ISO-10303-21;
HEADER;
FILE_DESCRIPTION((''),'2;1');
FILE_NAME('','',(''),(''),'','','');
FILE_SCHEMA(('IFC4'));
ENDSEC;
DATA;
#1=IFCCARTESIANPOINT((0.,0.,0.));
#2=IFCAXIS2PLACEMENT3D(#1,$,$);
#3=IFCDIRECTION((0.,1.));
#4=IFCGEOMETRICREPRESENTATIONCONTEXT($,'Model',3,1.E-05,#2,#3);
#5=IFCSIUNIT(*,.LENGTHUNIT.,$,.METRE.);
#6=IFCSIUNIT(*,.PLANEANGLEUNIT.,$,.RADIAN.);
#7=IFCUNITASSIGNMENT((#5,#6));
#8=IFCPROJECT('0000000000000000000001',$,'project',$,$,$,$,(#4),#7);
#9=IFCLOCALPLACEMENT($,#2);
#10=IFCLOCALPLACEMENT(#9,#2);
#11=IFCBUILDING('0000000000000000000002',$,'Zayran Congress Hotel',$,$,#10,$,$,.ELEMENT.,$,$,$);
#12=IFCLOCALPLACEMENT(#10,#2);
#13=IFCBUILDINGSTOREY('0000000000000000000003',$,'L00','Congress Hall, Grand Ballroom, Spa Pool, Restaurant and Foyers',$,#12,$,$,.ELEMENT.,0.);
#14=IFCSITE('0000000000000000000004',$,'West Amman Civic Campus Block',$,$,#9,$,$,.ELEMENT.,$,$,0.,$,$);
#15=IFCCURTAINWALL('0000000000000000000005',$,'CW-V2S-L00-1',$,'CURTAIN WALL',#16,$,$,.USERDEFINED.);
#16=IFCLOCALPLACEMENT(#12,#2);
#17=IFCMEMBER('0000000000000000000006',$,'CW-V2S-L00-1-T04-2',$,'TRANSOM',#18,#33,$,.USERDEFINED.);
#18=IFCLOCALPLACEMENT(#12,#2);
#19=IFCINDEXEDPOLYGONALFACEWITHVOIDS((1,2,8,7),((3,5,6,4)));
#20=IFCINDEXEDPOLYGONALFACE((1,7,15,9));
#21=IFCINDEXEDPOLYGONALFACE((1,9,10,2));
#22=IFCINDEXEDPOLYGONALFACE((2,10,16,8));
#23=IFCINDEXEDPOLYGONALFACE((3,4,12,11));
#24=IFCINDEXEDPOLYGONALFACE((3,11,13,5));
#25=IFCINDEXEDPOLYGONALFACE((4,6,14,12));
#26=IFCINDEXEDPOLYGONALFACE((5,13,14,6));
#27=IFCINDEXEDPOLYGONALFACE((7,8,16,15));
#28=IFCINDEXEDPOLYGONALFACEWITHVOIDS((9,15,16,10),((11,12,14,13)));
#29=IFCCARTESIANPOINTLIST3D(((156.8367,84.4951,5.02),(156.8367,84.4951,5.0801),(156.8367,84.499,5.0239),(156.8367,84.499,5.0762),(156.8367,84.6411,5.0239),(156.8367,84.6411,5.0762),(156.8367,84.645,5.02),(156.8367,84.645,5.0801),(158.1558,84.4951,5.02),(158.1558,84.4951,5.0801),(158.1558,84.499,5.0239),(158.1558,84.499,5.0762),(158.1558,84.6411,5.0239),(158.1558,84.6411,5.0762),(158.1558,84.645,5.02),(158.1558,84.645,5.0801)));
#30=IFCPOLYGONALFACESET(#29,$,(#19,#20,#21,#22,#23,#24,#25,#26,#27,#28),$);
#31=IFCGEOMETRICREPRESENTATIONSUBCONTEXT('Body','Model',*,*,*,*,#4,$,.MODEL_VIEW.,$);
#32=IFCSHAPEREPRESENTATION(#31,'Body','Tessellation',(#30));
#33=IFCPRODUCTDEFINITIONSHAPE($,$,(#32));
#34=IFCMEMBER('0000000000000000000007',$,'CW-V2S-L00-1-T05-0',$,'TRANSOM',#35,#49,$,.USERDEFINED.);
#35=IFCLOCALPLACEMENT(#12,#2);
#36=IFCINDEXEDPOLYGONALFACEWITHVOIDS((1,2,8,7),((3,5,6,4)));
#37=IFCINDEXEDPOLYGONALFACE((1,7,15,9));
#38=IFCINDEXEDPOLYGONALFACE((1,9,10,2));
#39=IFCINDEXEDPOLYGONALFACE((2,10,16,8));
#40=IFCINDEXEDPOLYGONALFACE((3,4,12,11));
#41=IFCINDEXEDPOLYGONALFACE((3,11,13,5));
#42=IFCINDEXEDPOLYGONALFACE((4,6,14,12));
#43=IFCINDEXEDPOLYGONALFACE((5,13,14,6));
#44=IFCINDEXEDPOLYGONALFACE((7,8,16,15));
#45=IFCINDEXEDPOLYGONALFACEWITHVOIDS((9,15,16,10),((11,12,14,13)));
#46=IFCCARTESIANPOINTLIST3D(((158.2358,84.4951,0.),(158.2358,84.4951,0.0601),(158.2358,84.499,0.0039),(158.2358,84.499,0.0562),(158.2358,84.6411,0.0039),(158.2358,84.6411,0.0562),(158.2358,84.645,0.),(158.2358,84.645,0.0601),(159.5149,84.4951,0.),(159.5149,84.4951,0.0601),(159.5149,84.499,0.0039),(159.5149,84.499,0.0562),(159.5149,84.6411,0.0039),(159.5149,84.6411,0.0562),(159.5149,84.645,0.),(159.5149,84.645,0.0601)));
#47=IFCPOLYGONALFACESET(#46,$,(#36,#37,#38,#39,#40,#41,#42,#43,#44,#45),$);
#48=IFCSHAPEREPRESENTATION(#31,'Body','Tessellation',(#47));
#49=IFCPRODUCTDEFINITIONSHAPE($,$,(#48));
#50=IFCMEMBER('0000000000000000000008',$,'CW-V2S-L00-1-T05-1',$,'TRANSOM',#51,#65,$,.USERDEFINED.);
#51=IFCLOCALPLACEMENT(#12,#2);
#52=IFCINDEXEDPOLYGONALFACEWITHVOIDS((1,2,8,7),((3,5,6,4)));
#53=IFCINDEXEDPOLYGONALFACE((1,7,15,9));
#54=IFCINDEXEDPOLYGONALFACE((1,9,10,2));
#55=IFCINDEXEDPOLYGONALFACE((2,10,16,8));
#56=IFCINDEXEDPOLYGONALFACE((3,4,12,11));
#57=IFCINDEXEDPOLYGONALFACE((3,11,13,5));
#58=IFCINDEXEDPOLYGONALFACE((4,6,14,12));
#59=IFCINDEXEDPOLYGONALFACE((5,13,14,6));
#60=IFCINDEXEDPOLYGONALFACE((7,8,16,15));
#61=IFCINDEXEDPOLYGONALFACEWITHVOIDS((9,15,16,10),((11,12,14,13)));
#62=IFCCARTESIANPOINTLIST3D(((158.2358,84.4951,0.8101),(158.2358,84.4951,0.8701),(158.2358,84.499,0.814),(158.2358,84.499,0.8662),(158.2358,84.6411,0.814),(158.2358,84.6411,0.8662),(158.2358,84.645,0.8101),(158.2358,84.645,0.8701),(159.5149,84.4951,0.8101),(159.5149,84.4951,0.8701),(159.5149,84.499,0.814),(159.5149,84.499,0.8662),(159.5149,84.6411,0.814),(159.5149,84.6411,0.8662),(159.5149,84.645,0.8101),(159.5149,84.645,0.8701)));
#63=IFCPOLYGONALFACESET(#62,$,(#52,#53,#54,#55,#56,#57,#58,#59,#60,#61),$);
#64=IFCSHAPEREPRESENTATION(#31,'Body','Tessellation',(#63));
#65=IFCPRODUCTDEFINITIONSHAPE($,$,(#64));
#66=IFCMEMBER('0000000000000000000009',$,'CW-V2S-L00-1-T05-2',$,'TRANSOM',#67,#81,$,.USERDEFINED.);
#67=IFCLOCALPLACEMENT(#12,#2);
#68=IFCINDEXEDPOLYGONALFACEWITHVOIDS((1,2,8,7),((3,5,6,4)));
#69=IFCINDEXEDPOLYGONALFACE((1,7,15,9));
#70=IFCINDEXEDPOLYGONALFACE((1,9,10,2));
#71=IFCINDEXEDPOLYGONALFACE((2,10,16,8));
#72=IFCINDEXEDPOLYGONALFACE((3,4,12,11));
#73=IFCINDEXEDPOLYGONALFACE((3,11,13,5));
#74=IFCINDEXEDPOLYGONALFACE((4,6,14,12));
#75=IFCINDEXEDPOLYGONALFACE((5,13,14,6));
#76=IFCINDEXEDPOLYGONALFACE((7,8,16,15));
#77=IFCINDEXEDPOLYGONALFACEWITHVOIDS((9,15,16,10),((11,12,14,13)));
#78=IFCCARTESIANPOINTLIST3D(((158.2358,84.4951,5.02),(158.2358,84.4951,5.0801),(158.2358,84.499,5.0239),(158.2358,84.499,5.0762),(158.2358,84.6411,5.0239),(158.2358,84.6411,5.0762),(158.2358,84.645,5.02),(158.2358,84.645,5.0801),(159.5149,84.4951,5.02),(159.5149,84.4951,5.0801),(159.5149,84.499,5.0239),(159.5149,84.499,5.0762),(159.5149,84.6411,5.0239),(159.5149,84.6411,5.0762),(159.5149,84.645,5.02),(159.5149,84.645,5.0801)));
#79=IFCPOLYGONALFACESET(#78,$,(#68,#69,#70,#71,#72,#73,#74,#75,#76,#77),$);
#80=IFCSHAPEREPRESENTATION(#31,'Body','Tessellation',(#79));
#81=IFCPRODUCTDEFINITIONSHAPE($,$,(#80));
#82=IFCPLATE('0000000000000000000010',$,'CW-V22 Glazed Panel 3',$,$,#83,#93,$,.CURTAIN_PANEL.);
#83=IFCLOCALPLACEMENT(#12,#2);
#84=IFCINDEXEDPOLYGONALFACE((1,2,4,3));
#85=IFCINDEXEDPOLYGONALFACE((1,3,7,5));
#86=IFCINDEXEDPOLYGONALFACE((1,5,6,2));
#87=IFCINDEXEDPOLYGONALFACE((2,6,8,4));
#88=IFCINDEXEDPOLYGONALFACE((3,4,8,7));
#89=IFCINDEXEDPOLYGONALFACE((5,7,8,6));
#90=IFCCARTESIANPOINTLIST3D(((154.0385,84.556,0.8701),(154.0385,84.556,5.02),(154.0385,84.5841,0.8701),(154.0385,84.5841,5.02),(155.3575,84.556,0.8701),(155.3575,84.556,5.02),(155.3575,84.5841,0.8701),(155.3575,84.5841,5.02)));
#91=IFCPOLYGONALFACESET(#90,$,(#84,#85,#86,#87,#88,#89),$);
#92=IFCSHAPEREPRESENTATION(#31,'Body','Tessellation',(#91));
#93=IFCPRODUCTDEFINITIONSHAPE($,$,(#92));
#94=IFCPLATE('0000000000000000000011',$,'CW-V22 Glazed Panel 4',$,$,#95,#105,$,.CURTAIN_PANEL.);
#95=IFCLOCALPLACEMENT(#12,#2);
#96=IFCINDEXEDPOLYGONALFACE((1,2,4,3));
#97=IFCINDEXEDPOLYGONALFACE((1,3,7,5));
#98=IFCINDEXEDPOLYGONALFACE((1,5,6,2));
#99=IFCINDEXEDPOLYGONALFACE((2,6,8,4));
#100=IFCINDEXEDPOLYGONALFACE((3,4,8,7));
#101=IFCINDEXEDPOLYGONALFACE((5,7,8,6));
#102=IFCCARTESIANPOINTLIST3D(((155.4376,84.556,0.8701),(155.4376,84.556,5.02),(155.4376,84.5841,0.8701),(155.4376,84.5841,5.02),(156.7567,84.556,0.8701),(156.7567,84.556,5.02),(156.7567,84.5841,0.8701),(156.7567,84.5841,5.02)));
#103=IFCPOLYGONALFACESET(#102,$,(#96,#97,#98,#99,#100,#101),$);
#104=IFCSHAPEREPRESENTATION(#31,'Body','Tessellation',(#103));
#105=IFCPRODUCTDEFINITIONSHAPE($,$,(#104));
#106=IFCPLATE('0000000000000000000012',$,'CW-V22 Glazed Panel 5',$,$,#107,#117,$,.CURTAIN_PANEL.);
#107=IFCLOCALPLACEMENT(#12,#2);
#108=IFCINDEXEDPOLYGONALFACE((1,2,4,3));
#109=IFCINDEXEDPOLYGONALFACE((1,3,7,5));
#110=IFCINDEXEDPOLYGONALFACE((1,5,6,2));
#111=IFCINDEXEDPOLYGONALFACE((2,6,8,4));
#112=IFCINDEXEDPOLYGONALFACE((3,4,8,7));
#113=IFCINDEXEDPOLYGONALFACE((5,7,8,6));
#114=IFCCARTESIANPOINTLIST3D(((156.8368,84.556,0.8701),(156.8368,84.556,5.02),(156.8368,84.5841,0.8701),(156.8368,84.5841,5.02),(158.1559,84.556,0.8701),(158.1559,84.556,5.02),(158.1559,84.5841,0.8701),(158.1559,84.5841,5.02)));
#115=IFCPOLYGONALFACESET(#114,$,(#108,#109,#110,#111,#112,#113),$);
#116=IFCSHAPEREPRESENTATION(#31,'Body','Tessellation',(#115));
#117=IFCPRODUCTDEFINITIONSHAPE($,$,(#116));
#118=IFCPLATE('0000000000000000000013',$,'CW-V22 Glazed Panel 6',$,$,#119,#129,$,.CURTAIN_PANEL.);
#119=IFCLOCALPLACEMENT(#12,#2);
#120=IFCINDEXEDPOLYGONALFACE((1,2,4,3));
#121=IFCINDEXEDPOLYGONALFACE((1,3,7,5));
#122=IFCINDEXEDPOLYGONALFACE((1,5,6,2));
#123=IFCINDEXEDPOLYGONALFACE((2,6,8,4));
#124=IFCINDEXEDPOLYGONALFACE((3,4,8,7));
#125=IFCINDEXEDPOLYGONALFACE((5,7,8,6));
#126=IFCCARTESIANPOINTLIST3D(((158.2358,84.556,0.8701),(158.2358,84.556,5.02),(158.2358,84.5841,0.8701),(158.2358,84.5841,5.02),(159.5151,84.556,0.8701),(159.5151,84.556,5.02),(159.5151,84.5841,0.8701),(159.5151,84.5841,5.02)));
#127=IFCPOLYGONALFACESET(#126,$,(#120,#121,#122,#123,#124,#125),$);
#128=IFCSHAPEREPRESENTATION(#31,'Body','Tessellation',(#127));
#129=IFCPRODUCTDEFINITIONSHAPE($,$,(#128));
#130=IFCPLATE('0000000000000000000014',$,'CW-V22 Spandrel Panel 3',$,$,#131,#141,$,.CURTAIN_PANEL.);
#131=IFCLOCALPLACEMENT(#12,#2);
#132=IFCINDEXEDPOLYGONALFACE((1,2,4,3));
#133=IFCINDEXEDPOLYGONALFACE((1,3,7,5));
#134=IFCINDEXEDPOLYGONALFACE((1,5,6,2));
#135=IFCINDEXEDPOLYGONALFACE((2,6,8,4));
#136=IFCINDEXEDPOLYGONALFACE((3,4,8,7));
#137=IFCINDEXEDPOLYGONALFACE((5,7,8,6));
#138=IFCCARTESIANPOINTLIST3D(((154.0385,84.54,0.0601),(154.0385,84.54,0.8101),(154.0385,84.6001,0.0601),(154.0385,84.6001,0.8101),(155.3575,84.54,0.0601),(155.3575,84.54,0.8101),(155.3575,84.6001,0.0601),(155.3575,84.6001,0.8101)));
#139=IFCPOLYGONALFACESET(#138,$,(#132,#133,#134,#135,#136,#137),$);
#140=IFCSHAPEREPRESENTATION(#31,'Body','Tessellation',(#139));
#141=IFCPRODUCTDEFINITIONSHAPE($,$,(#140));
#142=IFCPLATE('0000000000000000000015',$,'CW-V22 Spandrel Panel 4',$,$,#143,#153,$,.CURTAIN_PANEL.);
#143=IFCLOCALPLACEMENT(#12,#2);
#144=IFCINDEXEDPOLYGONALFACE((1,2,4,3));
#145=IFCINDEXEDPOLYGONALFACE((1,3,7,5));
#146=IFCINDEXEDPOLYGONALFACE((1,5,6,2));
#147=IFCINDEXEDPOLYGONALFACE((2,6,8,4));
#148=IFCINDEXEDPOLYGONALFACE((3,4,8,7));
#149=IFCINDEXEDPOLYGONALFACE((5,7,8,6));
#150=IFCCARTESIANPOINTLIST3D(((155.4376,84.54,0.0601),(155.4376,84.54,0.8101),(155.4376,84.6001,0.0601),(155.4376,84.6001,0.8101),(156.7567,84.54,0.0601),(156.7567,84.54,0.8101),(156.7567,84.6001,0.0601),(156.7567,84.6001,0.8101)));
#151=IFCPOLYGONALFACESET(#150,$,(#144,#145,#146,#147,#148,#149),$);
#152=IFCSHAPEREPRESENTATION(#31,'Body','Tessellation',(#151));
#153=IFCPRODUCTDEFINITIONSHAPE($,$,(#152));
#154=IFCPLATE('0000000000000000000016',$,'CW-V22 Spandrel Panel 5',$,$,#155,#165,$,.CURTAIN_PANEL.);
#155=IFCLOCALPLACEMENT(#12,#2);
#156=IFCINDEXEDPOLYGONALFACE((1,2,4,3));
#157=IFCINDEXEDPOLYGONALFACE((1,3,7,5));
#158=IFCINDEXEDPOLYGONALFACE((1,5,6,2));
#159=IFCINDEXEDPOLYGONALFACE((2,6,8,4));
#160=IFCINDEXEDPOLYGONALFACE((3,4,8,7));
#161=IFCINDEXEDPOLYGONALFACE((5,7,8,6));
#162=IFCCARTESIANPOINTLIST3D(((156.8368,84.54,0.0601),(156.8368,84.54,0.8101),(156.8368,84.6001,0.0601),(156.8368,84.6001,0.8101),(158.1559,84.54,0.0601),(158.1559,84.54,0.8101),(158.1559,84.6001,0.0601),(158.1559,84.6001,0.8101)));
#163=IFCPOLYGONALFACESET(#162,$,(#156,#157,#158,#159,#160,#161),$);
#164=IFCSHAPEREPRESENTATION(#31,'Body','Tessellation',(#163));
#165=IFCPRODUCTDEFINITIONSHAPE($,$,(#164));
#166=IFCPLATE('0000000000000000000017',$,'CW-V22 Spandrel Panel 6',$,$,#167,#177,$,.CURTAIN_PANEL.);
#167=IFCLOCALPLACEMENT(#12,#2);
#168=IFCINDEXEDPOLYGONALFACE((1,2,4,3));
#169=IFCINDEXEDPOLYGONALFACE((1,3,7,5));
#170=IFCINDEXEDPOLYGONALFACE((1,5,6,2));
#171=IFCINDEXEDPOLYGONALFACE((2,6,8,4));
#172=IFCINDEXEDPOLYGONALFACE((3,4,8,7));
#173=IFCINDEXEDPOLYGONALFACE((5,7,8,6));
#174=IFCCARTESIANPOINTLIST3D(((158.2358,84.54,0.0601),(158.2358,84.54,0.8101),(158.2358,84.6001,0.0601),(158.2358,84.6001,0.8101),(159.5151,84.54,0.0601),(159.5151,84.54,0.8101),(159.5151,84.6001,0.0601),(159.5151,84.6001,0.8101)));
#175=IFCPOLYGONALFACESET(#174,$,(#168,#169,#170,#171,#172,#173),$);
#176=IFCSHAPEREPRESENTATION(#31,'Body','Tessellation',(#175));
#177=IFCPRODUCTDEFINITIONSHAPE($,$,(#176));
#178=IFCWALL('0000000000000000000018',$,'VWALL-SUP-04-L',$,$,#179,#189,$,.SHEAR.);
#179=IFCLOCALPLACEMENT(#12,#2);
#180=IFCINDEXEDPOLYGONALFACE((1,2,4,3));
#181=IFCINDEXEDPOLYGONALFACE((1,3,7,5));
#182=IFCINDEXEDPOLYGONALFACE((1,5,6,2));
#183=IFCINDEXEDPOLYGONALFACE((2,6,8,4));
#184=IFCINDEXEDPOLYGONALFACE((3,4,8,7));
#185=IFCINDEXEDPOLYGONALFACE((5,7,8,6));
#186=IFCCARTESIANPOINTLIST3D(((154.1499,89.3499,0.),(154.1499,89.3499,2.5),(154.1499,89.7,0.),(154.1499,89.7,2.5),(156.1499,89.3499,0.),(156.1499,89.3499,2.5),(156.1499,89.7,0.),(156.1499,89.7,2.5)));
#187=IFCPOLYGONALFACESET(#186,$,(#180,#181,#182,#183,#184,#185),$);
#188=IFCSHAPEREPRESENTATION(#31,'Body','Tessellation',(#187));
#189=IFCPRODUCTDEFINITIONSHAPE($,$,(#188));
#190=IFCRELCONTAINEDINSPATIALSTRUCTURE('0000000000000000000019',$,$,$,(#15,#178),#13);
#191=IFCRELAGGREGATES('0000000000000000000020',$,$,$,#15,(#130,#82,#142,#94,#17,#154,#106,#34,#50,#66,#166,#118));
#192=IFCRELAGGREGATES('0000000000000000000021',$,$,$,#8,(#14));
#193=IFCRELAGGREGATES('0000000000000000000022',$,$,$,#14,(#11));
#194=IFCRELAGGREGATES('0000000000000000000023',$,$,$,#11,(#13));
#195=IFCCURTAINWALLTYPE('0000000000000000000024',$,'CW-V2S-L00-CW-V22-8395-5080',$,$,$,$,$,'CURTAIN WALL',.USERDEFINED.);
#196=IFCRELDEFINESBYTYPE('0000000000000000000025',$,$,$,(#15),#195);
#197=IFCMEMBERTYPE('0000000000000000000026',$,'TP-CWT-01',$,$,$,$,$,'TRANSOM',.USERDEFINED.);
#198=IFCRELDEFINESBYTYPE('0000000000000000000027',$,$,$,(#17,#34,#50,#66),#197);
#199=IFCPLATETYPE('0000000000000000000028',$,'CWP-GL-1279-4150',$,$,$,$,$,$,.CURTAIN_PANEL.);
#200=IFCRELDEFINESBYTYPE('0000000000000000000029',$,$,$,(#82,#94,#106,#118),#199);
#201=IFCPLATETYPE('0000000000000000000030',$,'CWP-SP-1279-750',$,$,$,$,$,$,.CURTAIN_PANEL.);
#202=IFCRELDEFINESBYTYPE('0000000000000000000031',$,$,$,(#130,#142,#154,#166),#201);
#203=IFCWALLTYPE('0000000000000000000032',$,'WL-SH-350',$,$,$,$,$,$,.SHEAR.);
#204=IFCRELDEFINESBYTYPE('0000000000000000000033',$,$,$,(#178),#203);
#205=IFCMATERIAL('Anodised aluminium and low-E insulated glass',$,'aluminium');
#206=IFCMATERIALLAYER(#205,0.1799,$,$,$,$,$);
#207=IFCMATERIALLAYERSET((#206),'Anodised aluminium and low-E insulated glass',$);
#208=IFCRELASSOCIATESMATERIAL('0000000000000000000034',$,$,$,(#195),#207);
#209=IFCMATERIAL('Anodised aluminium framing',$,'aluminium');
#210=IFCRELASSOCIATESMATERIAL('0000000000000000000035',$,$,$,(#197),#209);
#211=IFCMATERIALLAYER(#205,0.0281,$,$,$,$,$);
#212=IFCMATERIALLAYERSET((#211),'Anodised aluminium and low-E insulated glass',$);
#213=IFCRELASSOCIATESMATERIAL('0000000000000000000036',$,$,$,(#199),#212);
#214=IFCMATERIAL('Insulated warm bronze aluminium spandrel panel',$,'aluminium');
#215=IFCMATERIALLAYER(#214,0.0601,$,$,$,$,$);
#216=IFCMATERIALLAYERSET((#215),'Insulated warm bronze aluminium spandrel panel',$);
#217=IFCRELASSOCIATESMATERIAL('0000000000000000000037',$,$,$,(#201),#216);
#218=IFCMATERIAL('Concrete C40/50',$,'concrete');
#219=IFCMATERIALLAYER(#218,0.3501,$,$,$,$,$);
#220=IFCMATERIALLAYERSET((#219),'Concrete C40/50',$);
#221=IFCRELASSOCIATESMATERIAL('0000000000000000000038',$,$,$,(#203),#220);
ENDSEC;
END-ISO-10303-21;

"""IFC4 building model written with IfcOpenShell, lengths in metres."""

from ifc_helpers import new_model, si_unit, direction, frame, frame_2d, origin, origin_2d, place, context, subcontext, project, spatial, rectangle, hollow_rectangle, extrude, material, layer, layer_set, material_profile, profile_set, type_object, element, aggregate, save


model = new_model("IFC4")

# Units and contexts
model_context = context("Model", 3, precision=1e-05, world=origin(), true_north=direction((0.0, 1.0)))
body_context = subcontext(model_context, "Body", "Model", "MODEL_VIEW")
ifc_project = project(units=[si_unit("LENGTHUNIT", "METRE"), si_unit("PLANEANGLEUNIT", "RADIAN")], contexts=[model_context])

# Site, building, storey
site_placement = place(None, origin())
site = spatial("IfcSite", under=ifc_project, at=site_placement, Name="West Amman Civic Campus Block", CompositionType="ELEMENT", RefElevation=0.0)
building_placement = place(site_placement, origin())
building = spatial("IfcBuilding", under=site, at=building_placement, Name="Zayran Congress Hotel", CompositionType="ELEMENT")
storey_placement = place(building_placement, origin())
storey = spatial("IfcBuildingStorey", under=building, at=storey_placement, Name="L00", Description="Congress Hall, Grand Ballroom, Spa Pool, Restaurant and Foyers", CompositionType="ELEMENT", Elevation=0.0)

# Shared definitions
ifc_material_1 = material(Name="Concrete C40/50", Category="concrete")

# Curtain wall, members, plates
ifc_material_2 = material(Name="Anodised aluminium and low-E insulated glass", Category="aluminium")
ifc_layer_1 = layer(ifc_material_2, 0.1799)
ifc_layer_set_1 = layer_set([ifc_layer_1], Name="Anodised aluminium and low-E insulated glass")
curtain_wall_type = type_object("IfcCurtainWallType", Name="CW-V2S-L00-CW-V22-8395-5080", ElementType="CURTAIN WALL", PredefinedType="USERDEFINED", material=ifc_layer_set_1)
curtain_wall_placement = place(storey_placement, origin())
curtain_wall = element("IfcCurtainWall", 1, at=curtain_wall_placement, inside=storey, type_object=curtain_wall_type, Name="CW-V2S-L00-1", ObjectType="CURTAIN WALL", PredefinedType="USERDEFINED")
ifc_material_3 = material(Name="Anodised aluminium framing", Category="aluminium")
ifc_material_profile_1 = material_profile(ifc_material_3, hollow_rectangle(XDim=0.0601, YDim=0.1499, WallThickness=0.0039, at=origin_2d()), Name="RHS 150x60x4")
ifc_profile_set_1 = profile_set([ifc_material_profile_1], Name="Anodised aluminium framing")
member_type_1 = type_object("IfcMemberType", Name="TP-CWT-01", ElementType="TRANSOM", PredefinedType="USERDEFINED", material=ifc_profile_set_1)
member_1_placement = place(storey_placement, frame((156.8367, 84.5701, 5.05), z_axis=(1.0, 0.0, 0.0), x_axis=(0.0, 0.0, 1.0)))
member_1 = element("IfcMember", 2, at=member_1_placement, type_object=member_type_1, Name="CW-V2S-L00-1-T04-2", ObjectType="TRANSOM", PredefinedType="USERDEFINED", context=body_context, shape_type="SweptSolid", body=[
    extrude(hollow_rectangle(XDim=0.0601, YDim=0.1499, WallThickness=0.0039, at=origin_2d()), origin(), (0.0, 0.0, 1.0), 1.3191),
])
member_2_placement = place(storey_placement, frame((158.2358, 84.5701, 0.03), z_axis=(1.0, 0.0, 0.0), x_axis=(0.0, 0.0, 1.0)))
member_2 = element("IfcMember", 3, at=member_2_placement, type_object=member_type_1, Name="CW-V2S-L00-1-T05-0", ObjectType="TRANSOM", PredefinedType="USERDEFINED", context=body_context, shape_type="SweptSolid", body=[
    extrude(hollow_rectangle(XDim=0.0601, YDim=0.1499, WallThickness=0.0039, at=origin_2d()), origin(), (0.0, 0.0, 1.0), 1.2791),
])
member_3_placement = place(storey_placement, frame((158.2358, 84.5701, 0.8401), z_axis=(1.0, 0.0, 0.0), x_axis=(0.0, 0.0, 1.0)))
member_3 = element("IfcMember", 4, at=member_3_placement, type_object=member_type_1, Name="CW-V2S-L00-1-T05-1", ObjectType="TRANSOM", PredefinedType="USERDEFINED", context=body_context, shape_type="SweptSolid", body=[
    extrude(hollow_rectangle(XDim=0.0601, YDim=0.1499, WallThickness=0.0039, at=origin_2d()), origin(), (0.0, 0.0, 1.0), 1.2791),
])
member_4_placement = place(storey_placement, frame((158.2358, 84.5701, 5.05), z_axis=(1.0, 0.0, 0.0), x_axis=(0.0, 0.0, 1.0)))
member_4 = element("IfcMember", 5, at=member_4_placement, type_object=member_type_1, Name="CW-V2S-L00-1-T05-2", ObjectType="TRANSOM", PredefinedType="USERDEFINED", context=body_context, shape_type="SweptSolid", body=[
    extrude(hollow_rectangle(XDim=0.0601, YDim=0.1499, WallThickness=0.0039, at=origin_2d()), origin(), (0.0, 0.0, 1.0), 1.2791),
])
ifc_layer_2 = layer(ifc_material_2, 0.0281)
ifc_layer_set_2 = layer_set([ifc_layer_2], Name="Anodised aluminium and low-E insulated glass")
plate_type_1 = type_object("IfcPlateType", Name="CWP-GL-1279-4150", PredefinedType="CURTAIN_PANEL", material=ifc_layer_set_2)
plate_1_placement = place(storey_placement, frame((154.698, 84.5701, 0.8701), z_axis=(0.0, 0.0, 1.0), x_axis=(1.0, 0.0, 0.0)))
plate_1 = element("IfcPlate", 6, at=plate_1_placement, type_object=plate_type_1, Name="CW-V22 Glazed Panel 3", PredefinedType="CURTAIN_PANEL", context=body_context, shape_type="SweptSolid", body=[
    extrude(rectangle(XDim=1.3191, YDim=0.0281, at=origin_2d()), origin(), (0.0, 0.0, 1.0), 4.1499),
])
plate_2_placement = place(storey_placement, frame((156.0972, 84.5701, 0.8701), z_axis=(0.0, 0.0, 1.0), x_axis=(1.0, 0.0, 0.0)))
plate_2 = element("IfcPlate", 7, at=plate_2_placement, type_object=plate_type_1, Name="CW-V22 Glazed Panel 4", PredefinedType="CURTAIN_PANEL", context=body_context, shape_type="SweptSolid", body=[
    extrude(rectangle(XDim=1.3191, YDim=0.0281, at=origin_2d()), origin(), (0.0, 0.0, 1.0), 4.1499),
])
plate_3_placement = place(storey_placement, frame((157.4963, 84.5701, 0.8701), z_axis=(0.0, 0.0, 1.0), x_axis=(1.0, 0.0, 0.0)))
plate_3 = element("IfcPlate", 8, at=plate_3_placement, type_object=plate_type_1, Name="CW-V22 Glazed Panel 5", PredefinedType="CURTAIN_PANEL", context=body_context, shape_type="SweptSolid", body=[
    extrude(rectangle(XDim=1.3191, YDim=0.0281, at=origin_2d()), origin(), (0.0, 0.0, 1.0), 4.1499),
])
plate_4_placement = place(storey_placement, frame((158.8755, 84.5701, 0.8701), z_axis=(0.0, 0.0, 1.0), x_axis=(1.0, 0.0, 0.0)))
plate_4 = element("IfcPlate", 9, at=plate_4_placement, type_object=plate_type_1, Name="CW-V22 Glazed Panel 6", PredefinedType="CURTAIN_PANEL", context=body_context, shape_type="SweptSolid", body=[
    extrude(rectangle(XDim=1.2793, YDim=0.0281, at=origin_2d()), origin(), (0.0, 0.0, 1.0), 4.1499),
])
ifc_material_4 = material(Name="Insulated warm bronze aluminium spandrel panel", Category="aluminium")
ifc_layer_3 = layer(ifc_material_4, 0.0601)
ifc_layer_set_3 = layer_set([ifc_layer_3], Name="Insulated warm bronze aluminium spandrel panel")
plate_type_2 = type_object("IfcPlateType", Name="CWP-SP-1279-750", PredefinedType="CURTAIN_PANEL", material=ifc_layer_set_3)
plate_5_placement = place(storey_placement, frame((154.698, 84.5701, 0.0601), z_axis=(0.0, 0.0, 1.0), x_axis=(1.0, 0.0, 0.0)))
plate_5 = element("IfcPlate", 10, at=plate_5_placement, type_object=plate_type_2, Name="CW-V22 Spandrel Panel 3", PredefinedType="CURTAIN_PANEL", context=body_context, shape_type="SweptSolid", body=[
    extrude(rectangle(XDim=1.3191, YDim=0.0601, at=origin_2d()), origin(), (0.0, 0.0, 1.0), 0.75),
])
plate_6_placement = place(storey_placement, frame((156.0972, 84.5701, 0.0601), z_axis=(0.0, 0.0, 1.0), x_axis=(1.0, 0.0, 0.0)))
plate_6 = element("IfcPlate", 11, at=plate_6_placement, type_object=plate_type_2, Name="CW-V22 Spandrel Panel 4", PredefinedType="CURTAIN_PANEL", context=body_context, shape_type="SweptSolid", body=[
    extrude(rectangle(XDim=1.3191, YDim=0.0601, at=origin_2d()), origin(), (0.0, 0.0, 1.0), 0.75),
])
plate_7_placement = place(storey_placement, frame((157.4963, 84.5701, 0.0601), z_axis=(0.0, 0.0, 1.0), x_axis=(1.0, 0.0, 0.0)))
plate_7 = element("IfcPlate", 12, at=plate_7_placement, type_object=plate_type_2, Name="CW-V22 Spandrel Panel 5", PredefinedType="CURTAIN_PANEL", context=body_context, shape_type="SweptSolid", body=[
    extrude(rectangle(XDim=1.3191, YDim=0.0601, at=origin_2d()), origin(), (0.0, 0.0, 1.0), 0.75),
])
plate_8_placement = place(storey_placement, frame((158.8755, 84.5701, 0.0601), z_axis=(0.0, 0.0, 1.0), x_axis=(1.0, 0.0, 0.0)))
plate_8 = element("IfcPlate", 13, at=plate_8_placement, type_object=plate_type_2, Name="CW-V22 Spandrel Panel 6", PredefinedType="CURTAIN_PANEL", context=body_context, shape_type="SweptSolid", body=[
    extrude(rectangle(XDim=1.2793, YDim=0.0601, at=origin_2d()), origin(), (0.0, 0.0, 1.0), 0.75),
])
aggregate(curtain_wall, [plate_5, plate_1, plate_6, plate_2, member_1, plate_7, plate_3, member_2, member_3, member_4, plate_8, plate_4])

# Wall
ifc_layer_4 = layer(ifc_material_1, 0.3501)
ifc_layer_set_4 = layer_set([ifc_layer_4], Name="Concrete C40/50")
wall_type = type_object("IfcWallType", Name="WL-SH-350", PredefinedType="SHEAR", material=ifc_layer_set_4)
wall_placement = place(storey_placement, frame((154.1499, 89.5249, 0.0), z_axis=(0.0, 0.0, 1.0), x_axis=(1.0, 0.0, 0.0)))
element("IfcWall", 14, at=wall_placement, inside=storey, type_object=wall_type, Name="VWALL-SUP-04-L", PredefinedType="SHEAR", context=body_context, shape_type="SweptSolid", body=[
    extrude(rectangle(XDim=2.0, YDim=0.3501, at=frame_2d((1.0, 0.0))), origin(), (0.0, 0.0, 1.0), 2.5),
])

save(model, "model.ifc")
